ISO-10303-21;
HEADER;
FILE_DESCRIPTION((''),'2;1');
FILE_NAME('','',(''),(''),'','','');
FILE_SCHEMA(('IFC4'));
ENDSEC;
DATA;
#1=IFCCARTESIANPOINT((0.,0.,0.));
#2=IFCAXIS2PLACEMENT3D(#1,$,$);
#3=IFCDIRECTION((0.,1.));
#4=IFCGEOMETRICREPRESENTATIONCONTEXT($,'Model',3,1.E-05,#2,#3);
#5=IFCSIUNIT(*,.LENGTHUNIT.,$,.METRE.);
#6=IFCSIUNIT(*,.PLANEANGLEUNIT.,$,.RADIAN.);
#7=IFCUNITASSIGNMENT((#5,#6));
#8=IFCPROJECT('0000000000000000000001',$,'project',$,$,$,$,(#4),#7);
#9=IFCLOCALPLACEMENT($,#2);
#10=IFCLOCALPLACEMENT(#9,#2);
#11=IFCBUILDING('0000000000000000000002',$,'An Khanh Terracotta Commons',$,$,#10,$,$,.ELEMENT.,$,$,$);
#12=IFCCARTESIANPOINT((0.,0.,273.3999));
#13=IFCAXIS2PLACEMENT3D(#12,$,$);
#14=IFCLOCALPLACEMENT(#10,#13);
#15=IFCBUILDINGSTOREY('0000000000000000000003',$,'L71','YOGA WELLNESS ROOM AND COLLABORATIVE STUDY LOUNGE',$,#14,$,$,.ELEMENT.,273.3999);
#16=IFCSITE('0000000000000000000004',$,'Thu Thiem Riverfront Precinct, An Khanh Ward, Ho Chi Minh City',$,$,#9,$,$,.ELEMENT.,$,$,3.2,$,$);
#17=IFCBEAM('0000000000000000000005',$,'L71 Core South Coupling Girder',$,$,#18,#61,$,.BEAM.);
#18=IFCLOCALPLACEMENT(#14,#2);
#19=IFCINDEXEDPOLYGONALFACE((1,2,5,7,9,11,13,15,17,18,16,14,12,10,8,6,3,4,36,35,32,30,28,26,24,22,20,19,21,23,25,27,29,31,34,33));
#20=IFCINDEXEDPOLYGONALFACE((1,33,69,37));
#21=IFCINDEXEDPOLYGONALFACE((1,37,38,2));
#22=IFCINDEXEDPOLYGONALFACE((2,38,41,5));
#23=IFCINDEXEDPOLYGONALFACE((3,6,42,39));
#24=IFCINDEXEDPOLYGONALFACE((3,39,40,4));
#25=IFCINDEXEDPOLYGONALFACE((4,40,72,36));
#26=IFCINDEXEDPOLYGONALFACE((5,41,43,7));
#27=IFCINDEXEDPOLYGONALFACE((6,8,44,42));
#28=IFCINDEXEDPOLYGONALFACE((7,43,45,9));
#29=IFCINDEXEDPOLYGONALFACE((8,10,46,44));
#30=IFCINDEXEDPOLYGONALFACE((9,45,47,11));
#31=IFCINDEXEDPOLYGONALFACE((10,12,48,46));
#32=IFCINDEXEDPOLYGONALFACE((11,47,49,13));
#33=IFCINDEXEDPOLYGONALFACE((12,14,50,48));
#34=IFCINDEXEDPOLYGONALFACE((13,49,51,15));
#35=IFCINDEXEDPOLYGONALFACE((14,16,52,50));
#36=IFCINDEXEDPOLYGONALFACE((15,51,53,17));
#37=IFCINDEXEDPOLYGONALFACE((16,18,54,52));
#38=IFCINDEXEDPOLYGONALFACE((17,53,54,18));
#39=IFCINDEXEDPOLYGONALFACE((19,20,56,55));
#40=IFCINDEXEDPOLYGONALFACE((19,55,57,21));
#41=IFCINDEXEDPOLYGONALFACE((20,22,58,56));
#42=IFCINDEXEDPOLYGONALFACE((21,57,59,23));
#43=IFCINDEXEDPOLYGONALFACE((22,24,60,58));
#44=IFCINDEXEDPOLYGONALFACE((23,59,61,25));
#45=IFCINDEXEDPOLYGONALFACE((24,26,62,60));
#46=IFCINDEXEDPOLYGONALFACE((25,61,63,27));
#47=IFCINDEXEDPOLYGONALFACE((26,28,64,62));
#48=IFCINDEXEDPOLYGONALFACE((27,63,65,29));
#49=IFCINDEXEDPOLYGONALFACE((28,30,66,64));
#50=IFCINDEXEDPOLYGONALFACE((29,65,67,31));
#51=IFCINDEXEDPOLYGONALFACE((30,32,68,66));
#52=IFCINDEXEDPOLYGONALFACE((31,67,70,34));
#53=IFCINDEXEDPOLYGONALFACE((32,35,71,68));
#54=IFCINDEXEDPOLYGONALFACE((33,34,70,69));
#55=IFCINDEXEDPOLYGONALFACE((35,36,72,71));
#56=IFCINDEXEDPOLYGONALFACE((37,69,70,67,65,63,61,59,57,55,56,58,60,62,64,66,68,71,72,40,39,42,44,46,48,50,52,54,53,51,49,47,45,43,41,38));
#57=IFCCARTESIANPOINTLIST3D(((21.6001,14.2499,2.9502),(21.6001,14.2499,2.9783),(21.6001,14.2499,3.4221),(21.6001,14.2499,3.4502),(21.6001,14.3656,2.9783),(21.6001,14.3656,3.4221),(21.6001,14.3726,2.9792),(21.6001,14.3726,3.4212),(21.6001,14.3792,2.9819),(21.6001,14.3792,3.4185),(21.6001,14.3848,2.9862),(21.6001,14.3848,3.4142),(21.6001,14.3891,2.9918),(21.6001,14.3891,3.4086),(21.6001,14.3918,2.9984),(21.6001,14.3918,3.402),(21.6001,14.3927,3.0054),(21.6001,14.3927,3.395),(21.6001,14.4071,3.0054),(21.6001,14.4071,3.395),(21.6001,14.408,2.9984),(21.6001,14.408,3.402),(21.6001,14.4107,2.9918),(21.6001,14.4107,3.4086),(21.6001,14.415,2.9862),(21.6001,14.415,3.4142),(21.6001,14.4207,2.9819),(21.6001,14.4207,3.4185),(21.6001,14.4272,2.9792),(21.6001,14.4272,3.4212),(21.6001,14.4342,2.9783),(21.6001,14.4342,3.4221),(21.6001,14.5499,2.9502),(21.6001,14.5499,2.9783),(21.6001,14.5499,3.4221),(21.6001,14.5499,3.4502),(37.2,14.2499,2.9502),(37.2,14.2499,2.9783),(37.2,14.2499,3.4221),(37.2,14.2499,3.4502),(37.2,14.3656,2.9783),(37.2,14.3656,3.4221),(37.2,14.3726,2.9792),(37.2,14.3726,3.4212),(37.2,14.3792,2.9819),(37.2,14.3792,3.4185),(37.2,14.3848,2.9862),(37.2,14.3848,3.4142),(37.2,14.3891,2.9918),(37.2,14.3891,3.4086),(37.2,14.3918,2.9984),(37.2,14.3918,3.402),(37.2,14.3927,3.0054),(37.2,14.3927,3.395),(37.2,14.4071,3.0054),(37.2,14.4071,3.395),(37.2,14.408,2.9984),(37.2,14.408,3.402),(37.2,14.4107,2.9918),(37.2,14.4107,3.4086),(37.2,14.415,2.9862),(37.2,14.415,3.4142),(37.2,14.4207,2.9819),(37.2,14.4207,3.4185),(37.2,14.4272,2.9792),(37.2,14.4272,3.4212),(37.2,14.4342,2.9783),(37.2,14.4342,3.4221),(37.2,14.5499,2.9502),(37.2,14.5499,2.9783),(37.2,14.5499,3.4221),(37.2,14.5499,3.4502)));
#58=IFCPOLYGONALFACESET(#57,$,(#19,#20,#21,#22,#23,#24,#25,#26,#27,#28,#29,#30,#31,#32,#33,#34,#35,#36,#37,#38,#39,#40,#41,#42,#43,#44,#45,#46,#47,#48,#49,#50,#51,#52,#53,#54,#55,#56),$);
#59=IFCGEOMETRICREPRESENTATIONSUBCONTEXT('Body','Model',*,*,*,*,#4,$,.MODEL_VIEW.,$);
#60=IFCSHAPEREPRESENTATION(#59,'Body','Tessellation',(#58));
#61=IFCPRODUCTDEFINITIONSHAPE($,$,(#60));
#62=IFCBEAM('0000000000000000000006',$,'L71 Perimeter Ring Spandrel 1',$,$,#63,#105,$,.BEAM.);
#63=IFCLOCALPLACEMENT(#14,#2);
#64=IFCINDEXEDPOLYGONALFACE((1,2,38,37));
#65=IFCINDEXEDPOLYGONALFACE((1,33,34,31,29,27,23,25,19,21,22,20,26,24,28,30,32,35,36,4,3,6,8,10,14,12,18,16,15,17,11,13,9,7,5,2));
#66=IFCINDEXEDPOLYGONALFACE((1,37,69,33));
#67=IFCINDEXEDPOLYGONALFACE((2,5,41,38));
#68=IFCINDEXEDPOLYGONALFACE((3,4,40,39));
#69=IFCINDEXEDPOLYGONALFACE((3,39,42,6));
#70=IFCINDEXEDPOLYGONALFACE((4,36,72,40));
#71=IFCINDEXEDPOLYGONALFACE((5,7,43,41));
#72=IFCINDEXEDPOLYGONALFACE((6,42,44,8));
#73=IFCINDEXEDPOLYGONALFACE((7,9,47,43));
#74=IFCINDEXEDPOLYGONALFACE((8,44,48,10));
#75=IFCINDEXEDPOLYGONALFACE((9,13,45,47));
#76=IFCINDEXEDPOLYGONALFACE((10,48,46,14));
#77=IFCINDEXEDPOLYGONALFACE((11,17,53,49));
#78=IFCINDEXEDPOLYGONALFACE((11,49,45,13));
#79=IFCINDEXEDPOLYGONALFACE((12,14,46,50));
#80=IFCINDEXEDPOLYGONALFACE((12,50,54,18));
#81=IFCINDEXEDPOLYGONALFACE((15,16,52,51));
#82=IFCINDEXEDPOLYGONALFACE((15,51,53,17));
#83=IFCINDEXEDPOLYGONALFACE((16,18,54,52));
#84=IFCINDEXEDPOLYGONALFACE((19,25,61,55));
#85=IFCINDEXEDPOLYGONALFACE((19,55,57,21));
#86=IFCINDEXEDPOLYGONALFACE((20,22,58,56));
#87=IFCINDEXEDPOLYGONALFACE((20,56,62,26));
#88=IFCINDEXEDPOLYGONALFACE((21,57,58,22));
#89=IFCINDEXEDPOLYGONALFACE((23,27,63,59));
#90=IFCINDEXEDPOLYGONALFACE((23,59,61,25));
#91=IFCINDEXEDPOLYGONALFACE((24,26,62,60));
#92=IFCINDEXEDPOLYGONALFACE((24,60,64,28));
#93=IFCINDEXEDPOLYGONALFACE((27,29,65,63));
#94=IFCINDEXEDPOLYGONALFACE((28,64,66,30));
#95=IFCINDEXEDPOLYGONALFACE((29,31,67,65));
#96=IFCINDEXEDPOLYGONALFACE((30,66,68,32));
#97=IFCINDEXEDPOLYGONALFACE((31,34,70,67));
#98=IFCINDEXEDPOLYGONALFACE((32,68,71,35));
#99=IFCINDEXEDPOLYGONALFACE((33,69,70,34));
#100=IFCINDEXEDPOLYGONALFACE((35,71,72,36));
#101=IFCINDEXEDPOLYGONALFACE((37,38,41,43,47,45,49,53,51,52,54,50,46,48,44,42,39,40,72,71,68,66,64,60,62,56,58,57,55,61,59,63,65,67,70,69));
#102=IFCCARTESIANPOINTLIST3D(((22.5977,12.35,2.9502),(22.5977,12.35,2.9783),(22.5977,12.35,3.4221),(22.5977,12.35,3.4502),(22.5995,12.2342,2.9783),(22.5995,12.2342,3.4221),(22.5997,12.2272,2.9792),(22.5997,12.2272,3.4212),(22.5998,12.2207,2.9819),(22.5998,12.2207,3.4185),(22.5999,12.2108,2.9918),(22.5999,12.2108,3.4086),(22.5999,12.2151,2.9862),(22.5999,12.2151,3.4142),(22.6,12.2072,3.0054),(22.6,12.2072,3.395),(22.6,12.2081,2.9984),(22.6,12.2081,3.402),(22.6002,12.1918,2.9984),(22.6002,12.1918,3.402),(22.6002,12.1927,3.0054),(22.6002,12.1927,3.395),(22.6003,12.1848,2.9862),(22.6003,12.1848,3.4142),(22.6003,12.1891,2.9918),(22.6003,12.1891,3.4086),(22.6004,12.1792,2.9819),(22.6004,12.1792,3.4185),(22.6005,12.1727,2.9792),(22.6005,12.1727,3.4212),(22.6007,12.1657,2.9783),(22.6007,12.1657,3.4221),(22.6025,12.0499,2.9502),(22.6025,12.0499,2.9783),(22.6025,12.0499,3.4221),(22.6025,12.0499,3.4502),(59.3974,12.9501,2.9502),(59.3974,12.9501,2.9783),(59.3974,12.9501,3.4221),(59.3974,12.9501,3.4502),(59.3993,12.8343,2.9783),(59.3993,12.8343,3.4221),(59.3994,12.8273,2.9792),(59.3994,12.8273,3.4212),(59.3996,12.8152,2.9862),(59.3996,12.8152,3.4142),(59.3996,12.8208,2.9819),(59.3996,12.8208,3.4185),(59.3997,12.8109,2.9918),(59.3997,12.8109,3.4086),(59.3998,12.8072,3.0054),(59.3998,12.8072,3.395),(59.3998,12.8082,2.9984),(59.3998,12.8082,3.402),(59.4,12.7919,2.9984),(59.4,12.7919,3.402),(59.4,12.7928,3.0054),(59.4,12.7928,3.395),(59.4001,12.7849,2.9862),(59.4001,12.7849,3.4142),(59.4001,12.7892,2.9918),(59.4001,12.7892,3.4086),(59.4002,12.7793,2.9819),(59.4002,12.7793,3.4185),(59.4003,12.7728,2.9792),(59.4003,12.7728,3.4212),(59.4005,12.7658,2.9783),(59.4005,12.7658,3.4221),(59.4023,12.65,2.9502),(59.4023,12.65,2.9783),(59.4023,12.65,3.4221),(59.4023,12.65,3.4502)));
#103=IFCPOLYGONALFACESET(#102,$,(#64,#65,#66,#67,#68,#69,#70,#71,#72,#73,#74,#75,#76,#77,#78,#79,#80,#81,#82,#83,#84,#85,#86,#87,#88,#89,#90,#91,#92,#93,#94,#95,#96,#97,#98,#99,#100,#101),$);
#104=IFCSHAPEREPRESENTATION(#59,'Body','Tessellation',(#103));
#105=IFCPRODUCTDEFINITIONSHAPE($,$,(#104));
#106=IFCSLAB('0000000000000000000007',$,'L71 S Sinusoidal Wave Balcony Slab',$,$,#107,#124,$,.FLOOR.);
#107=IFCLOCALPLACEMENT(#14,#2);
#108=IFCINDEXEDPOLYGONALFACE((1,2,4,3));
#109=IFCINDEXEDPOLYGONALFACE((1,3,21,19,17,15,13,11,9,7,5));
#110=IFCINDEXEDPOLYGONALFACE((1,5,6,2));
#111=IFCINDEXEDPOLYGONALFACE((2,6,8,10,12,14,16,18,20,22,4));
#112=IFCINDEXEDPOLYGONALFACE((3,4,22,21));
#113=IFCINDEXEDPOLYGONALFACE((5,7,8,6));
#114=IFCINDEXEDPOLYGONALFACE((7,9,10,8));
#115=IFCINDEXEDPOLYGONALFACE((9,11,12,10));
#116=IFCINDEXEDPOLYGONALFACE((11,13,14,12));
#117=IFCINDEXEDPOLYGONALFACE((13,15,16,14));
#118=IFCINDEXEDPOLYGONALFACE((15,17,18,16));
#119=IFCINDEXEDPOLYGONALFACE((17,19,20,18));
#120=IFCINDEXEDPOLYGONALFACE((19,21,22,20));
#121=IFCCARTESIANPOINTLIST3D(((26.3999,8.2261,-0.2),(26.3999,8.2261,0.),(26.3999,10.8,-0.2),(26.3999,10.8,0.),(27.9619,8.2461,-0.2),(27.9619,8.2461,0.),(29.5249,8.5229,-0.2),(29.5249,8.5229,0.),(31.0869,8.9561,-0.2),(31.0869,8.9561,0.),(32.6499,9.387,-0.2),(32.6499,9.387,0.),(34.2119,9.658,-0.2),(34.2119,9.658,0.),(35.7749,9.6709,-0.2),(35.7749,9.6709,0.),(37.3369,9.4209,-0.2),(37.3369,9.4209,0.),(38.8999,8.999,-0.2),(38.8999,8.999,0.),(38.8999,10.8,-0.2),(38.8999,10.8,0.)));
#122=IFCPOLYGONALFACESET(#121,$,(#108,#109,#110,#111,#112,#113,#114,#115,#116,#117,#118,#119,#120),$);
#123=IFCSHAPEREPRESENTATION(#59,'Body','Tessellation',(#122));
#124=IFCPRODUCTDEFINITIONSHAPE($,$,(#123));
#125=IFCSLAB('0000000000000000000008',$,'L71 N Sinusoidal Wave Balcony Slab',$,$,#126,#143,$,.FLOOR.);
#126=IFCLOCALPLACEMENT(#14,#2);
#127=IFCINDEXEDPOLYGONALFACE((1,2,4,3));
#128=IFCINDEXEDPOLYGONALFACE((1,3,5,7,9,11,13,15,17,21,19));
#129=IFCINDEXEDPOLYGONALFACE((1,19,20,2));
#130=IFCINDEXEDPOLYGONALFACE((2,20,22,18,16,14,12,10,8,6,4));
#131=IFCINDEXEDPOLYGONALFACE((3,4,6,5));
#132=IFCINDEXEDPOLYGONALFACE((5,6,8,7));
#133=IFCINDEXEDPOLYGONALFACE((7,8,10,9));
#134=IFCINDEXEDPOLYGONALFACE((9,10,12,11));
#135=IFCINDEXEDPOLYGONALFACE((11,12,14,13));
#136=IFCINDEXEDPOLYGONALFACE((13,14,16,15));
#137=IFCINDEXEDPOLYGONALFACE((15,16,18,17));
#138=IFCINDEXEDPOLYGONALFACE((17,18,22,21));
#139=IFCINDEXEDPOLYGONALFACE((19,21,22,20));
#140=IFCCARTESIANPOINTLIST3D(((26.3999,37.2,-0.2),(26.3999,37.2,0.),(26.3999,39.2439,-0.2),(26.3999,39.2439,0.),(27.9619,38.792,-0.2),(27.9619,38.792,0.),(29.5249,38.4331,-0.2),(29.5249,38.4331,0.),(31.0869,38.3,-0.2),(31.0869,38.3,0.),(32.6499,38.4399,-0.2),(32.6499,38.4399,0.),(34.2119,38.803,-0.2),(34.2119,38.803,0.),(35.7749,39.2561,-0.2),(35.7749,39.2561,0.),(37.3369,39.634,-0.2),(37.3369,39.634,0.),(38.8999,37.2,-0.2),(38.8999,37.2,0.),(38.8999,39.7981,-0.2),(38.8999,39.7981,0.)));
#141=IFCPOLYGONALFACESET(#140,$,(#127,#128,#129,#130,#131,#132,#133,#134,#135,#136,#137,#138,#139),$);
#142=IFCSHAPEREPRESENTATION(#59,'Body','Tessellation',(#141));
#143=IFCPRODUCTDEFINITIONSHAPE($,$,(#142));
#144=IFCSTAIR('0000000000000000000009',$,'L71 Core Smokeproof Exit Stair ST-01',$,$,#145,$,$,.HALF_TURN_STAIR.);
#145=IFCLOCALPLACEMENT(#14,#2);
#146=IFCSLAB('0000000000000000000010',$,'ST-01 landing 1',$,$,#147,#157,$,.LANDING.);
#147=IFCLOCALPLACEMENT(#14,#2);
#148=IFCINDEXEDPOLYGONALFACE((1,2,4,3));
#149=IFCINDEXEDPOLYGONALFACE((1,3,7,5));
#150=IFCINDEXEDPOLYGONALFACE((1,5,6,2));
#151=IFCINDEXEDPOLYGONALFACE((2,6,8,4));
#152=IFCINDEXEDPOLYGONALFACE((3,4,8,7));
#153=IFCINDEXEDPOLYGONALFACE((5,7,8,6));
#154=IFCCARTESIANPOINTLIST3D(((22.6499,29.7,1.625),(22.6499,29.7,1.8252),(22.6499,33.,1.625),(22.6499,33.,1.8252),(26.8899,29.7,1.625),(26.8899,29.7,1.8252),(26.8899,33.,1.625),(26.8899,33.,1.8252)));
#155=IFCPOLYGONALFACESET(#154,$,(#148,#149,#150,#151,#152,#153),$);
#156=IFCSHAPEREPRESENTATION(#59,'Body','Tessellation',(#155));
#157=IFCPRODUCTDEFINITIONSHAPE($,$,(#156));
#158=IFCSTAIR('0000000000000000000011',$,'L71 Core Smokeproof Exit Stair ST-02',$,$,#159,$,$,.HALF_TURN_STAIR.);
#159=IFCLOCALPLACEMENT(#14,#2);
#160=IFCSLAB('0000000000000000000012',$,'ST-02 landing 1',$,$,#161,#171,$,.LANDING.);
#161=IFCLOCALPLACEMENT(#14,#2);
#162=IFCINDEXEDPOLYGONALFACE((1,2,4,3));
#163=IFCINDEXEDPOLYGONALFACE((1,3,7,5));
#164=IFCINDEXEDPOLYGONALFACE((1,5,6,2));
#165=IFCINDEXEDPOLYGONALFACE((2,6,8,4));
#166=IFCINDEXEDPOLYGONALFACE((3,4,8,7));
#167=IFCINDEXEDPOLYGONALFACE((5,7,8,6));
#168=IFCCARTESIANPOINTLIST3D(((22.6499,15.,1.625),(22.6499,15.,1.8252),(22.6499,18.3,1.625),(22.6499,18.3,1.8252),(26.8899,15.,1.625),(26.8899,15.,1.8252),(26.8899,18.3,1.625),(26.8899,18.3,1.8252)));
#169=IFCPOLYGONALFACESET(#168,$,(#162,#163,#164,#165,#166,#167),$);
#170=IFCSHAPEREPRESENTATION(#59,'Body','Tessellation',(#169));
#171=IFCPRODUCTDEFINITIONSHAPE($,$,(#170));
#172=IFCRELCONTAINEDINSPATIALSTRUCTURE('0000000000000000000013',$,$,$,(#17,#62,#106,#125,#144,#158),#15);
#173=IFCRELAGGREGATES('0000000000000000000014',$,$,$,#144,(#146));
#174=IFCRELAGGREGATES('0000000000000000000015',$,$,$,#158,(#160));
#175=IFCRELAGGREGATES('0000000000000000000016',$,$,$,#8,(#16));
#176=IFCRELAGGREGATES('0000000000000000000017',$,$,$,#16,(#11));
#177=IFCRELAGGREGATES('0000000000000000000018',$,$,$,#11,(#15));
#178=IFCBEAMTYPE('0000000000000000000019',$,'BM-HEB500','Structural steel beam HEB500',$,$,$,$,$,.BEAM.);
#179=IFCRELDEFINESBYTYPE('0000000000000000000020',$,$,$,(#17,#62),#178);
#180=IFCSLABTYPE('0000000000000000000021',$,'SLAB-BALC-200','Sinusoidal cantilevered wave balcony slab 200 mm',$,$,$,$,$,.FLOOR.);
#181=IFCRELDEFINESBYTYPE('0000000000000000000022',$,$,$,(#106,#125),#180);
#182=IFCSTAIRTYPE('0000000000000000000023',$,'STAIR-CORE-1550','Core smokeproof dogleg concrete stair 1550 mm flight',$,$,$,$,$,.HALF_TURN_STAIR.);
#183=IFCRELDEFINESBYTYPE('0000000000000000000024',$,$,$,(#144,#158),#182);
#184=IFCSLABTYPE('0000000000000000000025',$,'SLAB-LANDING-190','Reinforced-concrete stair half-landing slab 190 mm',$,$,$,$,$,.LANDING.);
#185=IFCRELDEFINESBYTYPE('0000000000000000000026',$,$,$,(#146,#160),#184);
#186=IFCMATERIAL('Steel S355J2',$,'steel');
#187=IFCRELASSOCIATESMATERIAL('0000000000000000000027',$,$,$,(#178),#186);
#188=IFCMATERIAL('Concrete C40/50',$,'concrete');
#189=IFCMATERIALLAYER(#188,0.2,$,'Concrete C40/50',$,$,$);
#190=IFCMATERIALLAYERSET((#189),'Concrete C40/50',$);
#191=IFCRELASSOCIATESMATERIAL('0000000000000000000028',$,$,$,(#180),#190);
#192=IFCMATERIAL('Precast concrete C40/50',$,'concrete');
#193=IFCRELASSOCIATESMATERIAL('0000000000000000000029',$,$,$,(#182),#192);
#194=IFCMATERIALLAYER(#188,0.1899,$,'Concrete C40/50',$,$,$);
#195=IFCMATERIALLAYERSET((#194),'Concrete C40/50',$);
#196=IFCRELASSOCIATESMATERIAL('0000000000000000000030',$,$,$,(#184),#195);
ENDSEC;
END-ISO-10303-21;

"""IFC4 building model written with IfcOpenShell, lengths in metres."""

from ifc_helpers import new_model, si_unit, direction, frame, origin, origin_2d, place, context, subcontext, project, spatial, polyline, i_section, outline, extrude, material, layer, layer_set, material_profile, profile_set, type_object, element, aggregate, save


model = new_model("IFC4")

# Units and contexts
model_context = context("Model", 3, precision=1e-05, world=origin(), true_north=direction((0.0, 1.0)))
body_context = subcontext(model_context, "Body", "Model", "MODEL_VIEW")
ifc_project = project(units=[si_unit("LENGTHUNIT", "METRE"), si_unit("PLANEANGLEUNIT", "RADIAN")], contexts=[model_context])

# Site, building, storey
site_placement = place(None, origin())
site = spatial("IfcSite", under=ifc_project, at=site_placement, Name="Thu Thiem Riverfront Precinct, An Khanh Ward, Ho Chi Minh City", CompositionType="ELEMENT", RefElevation=3.2)
building_placement = place(site_placement, origin())
building = spatial("IfcBuilding", under=site, at=building_placement, Name="An Khanh Terracotta Commons", CompositionType="ELEMENT")
storey_placement = place(building_placement, frame((0.0, 0.0, 273.3999)))
storey = spatial("IfcBuildingStorey", under=building, at=storey_placement, Name="L71", Description="YOGA WELLNESS ROOM AND COLLABORATIVE STUDY LOUNGE", CompositionType="ELEMENT", Elevation=273.3999)

# Beams
ifc_material_1 = material(Name="Steel S355J2", Category="steel")
ifc_material_profile_1 = material_profile(ifc_material_1, i_section(OverallWidth=0.3, OverallDepth=0.5, WebThickness=0.0144, FlangeThickness=0.0281, FilletRadius=0.0271, at=origin_2d()), Name="HEB500")
ifc_profile_set_1 = profile_set([ifc_material_profile_1], Name="Steel S355J2")
beam_type_1 = type_object("IfcBeamType", Name="BM-HEB500", Description="Structural steel beam HEB500", PredefinedType="BEAM", material=ifc_profile_set_1)
beam_1_placement = place(storey_placement, frame((21.6001, 14.3999, 3.2002), z_axis=(1.0, 0.0, 0.0), x_axis=(0.0, 1.0, 0.0)))
element("IfcBeam", 1, at=beam_1_placement, inside=storey, type_object=beam_type_1, Name="L71 Core South Coupling Girder", PredefinedType="BEAM", context=body_context, shape_type="SweptSolid", body=[
    extrude(i_section(OverallWidth=0.3, OverallDepth=0.5, WebThickness=0.0144, FlangeThickness=0.0281, FilletRadius=0.0271, at=origin_2d()), origin(), (0.0, 0.0, 1.0), 15.5999),
])
beam_2_placement = place(storey_placement, frame((22.6001, 12.2, 3.2002), z_axis=(0.999867, 0.016305, 0.0), x_axis=(-0.016305, 0.999867, 0.0)))
element("IfcBeam", 2, at=beam_2_placement, inside=storey, type_object=beam_type_1, Name="L71 Perimeter Ring Spandrel 1", PredefinedType="BEAM", context=body_context, shape_type="SweptSolid", body=[
    extrude(i_section(OverallWidth=0.3, OverallDepth=0.5, WebThickness=0.0144, FlangeThickness=0.0281, FilletRadius=0.0271, at=origin_2d()), origin(), (0.0, 0.0, 1.0), 36.8047),
])

# Slabs
ifc_material_2 = material(Name="Concrete C40/50", Category="concrete")
ifc_layer_1 = layer(ifc_material_2, 0.2, Name="Concrete C40/50")
ifc_layer_set_1 = layer_set([ifc_layer_1], Name="Concrete C40/50")
slab_type_1 = type_object("IfcSlabType", Name="SLAB-BALC-200", Description="Sinusoidal cantilevered wave balcony slab 200 mm", PredefinedType="FLOOR", material=ifc_layer_set_1)
slab_1_placement = place(storey_placement, frame((0.0, 0.0, -0.2)))
element("IfcSlab", 3, at=slab_1_placement, inside=storey, type_object=slab_type_1, Name="L71 S Sinusoidal Wave Balcony Slab", PredefinedType="FLOOR", context=body_context, shape_type="SweptSolid", body=[
    extrude(outline(polyline([(26.3999, 10.8), (26.3999, 8.2261), (27.9619, 8.2461), (29.5249, 8.5229), (31.0869, 8.9561), (32.6499, 9.387), (34.2119, 9.658), (35.7749, 9.6709), (37.3369, 9.4209), (38.8999, 8.999), (38.8999, 10.8), (26.3999, 10.8)])), origin(), (0.0, 0.0, 1.0), 0.2),
])
slab_2_placement = place(storey_placement, frame((0.0, 0.0, -0.2)))
element("IfcSlab", 4, at=slab_2_placement, inside=storey, type_object=slab_type_1, Name="L71 N Sinusoidal Wave Balcony Slab", PredefinedType="FLOOR", context=body_context, shape_type="SweptSolid", body=[
    extrude(outline(polyline([(38.8999, 37.2), (38.8999, 39.7981), (37.3369, 39.634), (35.7749, 39.2561), (34.2119, 38.803), (32.6499, 38.4399), (31.0869, 38.3), (29.5249, 38.4331), (27.9619, 38.792), (26.3999, 39.2439), (26.3999, 37.2), (38.8999, 37.2)])), origin(), (0.0, 0.0, 1.0), 0.2),
])

# Stairs, slabs
ifc_material_3 = material(Name="Precast concrete C40/50", Category="concrete")
stair_type = type_object("IfcStairType", Name="STAIR-CORE-1550", Description="Core smokeproof dogleg concrete stair 1550 mm flight", PredefinedType="HALF_TURN_STAIR", material=ifc_material_3)
stair_1_placement = place(storey_placement, origin())
stair_1 = element("IfcStair", 5, at=stair_1_placement, inside=storey, type_object=stair_type, Name="L71 Core Smokeproof Exit Stair ST-01", PredefinedType="HALF_TURN_STAIR")
ifc_layer_2 = layer(ifc_material_2, 0.1899, Name="Concrete C40/50")
ifc_layer_set_2 = layer_set([ifc_layer_2], Name="Concrete C40/50")
slab_type_2 = type_object("IfcSlabType", Name="SLAB-LANDING-190", Description="Reinforced-concrete stair half-landing slab 190 mm", PredefinedType="LANDING", material=ifc_layer_set_2)
slab_3_placement = place(storey_placement, frame((0.0, 0.0, 1.625)))
slab_3 = element("IfcSlab", 6, at=slab_3_placement, type_object=slab_type_2, Name="ST-01 landing 1", PredefinedType="LANDING", context=body_context, shape_type="SweptSolid", body=[
    extrude(outline(polyline([(26.8899, 33.0), (22.6499, 33.0), (22.6499, 29.7), (26.8899, 29.7), (26.8899, 33.0)])), origin(), (0.0, 0.0, 1.0), 0.2002),
])
aggregate(stair_1, [slab_3])
stair_2_placement = place(storey_placement, origin())
stair_2 = element("IfcStair", 7, at=stair_2_placement, inside=storey, type_object=stair_type, Name="L71 Core Smokeproof Exit Stair ST-02", PredefinedType="HALF_TURN_STAIR")
slab_4_placement = place(storey_placement, frame((0.0, 0.0, 1.625)))
slab_4 = element("IfcSlab", 8, at=slab_4_placement, type_object=slab_type_2, Name="ST-02 landing 1", PredefinedType="LANDING", context=body_context, shape_type="SweptSolid", body=[
    extrude(outline(polyline([(26.8899, 18.3), (22.6499, 18.3), (22.6499, 15.0), (26.8899, 15.0), (26.8899, 18.3)])), origin(), (0.0, 0.0, 1.0), 0.2002),
])

aggregate(stair_2, [slab_4])

save(model, "model.ifc")
